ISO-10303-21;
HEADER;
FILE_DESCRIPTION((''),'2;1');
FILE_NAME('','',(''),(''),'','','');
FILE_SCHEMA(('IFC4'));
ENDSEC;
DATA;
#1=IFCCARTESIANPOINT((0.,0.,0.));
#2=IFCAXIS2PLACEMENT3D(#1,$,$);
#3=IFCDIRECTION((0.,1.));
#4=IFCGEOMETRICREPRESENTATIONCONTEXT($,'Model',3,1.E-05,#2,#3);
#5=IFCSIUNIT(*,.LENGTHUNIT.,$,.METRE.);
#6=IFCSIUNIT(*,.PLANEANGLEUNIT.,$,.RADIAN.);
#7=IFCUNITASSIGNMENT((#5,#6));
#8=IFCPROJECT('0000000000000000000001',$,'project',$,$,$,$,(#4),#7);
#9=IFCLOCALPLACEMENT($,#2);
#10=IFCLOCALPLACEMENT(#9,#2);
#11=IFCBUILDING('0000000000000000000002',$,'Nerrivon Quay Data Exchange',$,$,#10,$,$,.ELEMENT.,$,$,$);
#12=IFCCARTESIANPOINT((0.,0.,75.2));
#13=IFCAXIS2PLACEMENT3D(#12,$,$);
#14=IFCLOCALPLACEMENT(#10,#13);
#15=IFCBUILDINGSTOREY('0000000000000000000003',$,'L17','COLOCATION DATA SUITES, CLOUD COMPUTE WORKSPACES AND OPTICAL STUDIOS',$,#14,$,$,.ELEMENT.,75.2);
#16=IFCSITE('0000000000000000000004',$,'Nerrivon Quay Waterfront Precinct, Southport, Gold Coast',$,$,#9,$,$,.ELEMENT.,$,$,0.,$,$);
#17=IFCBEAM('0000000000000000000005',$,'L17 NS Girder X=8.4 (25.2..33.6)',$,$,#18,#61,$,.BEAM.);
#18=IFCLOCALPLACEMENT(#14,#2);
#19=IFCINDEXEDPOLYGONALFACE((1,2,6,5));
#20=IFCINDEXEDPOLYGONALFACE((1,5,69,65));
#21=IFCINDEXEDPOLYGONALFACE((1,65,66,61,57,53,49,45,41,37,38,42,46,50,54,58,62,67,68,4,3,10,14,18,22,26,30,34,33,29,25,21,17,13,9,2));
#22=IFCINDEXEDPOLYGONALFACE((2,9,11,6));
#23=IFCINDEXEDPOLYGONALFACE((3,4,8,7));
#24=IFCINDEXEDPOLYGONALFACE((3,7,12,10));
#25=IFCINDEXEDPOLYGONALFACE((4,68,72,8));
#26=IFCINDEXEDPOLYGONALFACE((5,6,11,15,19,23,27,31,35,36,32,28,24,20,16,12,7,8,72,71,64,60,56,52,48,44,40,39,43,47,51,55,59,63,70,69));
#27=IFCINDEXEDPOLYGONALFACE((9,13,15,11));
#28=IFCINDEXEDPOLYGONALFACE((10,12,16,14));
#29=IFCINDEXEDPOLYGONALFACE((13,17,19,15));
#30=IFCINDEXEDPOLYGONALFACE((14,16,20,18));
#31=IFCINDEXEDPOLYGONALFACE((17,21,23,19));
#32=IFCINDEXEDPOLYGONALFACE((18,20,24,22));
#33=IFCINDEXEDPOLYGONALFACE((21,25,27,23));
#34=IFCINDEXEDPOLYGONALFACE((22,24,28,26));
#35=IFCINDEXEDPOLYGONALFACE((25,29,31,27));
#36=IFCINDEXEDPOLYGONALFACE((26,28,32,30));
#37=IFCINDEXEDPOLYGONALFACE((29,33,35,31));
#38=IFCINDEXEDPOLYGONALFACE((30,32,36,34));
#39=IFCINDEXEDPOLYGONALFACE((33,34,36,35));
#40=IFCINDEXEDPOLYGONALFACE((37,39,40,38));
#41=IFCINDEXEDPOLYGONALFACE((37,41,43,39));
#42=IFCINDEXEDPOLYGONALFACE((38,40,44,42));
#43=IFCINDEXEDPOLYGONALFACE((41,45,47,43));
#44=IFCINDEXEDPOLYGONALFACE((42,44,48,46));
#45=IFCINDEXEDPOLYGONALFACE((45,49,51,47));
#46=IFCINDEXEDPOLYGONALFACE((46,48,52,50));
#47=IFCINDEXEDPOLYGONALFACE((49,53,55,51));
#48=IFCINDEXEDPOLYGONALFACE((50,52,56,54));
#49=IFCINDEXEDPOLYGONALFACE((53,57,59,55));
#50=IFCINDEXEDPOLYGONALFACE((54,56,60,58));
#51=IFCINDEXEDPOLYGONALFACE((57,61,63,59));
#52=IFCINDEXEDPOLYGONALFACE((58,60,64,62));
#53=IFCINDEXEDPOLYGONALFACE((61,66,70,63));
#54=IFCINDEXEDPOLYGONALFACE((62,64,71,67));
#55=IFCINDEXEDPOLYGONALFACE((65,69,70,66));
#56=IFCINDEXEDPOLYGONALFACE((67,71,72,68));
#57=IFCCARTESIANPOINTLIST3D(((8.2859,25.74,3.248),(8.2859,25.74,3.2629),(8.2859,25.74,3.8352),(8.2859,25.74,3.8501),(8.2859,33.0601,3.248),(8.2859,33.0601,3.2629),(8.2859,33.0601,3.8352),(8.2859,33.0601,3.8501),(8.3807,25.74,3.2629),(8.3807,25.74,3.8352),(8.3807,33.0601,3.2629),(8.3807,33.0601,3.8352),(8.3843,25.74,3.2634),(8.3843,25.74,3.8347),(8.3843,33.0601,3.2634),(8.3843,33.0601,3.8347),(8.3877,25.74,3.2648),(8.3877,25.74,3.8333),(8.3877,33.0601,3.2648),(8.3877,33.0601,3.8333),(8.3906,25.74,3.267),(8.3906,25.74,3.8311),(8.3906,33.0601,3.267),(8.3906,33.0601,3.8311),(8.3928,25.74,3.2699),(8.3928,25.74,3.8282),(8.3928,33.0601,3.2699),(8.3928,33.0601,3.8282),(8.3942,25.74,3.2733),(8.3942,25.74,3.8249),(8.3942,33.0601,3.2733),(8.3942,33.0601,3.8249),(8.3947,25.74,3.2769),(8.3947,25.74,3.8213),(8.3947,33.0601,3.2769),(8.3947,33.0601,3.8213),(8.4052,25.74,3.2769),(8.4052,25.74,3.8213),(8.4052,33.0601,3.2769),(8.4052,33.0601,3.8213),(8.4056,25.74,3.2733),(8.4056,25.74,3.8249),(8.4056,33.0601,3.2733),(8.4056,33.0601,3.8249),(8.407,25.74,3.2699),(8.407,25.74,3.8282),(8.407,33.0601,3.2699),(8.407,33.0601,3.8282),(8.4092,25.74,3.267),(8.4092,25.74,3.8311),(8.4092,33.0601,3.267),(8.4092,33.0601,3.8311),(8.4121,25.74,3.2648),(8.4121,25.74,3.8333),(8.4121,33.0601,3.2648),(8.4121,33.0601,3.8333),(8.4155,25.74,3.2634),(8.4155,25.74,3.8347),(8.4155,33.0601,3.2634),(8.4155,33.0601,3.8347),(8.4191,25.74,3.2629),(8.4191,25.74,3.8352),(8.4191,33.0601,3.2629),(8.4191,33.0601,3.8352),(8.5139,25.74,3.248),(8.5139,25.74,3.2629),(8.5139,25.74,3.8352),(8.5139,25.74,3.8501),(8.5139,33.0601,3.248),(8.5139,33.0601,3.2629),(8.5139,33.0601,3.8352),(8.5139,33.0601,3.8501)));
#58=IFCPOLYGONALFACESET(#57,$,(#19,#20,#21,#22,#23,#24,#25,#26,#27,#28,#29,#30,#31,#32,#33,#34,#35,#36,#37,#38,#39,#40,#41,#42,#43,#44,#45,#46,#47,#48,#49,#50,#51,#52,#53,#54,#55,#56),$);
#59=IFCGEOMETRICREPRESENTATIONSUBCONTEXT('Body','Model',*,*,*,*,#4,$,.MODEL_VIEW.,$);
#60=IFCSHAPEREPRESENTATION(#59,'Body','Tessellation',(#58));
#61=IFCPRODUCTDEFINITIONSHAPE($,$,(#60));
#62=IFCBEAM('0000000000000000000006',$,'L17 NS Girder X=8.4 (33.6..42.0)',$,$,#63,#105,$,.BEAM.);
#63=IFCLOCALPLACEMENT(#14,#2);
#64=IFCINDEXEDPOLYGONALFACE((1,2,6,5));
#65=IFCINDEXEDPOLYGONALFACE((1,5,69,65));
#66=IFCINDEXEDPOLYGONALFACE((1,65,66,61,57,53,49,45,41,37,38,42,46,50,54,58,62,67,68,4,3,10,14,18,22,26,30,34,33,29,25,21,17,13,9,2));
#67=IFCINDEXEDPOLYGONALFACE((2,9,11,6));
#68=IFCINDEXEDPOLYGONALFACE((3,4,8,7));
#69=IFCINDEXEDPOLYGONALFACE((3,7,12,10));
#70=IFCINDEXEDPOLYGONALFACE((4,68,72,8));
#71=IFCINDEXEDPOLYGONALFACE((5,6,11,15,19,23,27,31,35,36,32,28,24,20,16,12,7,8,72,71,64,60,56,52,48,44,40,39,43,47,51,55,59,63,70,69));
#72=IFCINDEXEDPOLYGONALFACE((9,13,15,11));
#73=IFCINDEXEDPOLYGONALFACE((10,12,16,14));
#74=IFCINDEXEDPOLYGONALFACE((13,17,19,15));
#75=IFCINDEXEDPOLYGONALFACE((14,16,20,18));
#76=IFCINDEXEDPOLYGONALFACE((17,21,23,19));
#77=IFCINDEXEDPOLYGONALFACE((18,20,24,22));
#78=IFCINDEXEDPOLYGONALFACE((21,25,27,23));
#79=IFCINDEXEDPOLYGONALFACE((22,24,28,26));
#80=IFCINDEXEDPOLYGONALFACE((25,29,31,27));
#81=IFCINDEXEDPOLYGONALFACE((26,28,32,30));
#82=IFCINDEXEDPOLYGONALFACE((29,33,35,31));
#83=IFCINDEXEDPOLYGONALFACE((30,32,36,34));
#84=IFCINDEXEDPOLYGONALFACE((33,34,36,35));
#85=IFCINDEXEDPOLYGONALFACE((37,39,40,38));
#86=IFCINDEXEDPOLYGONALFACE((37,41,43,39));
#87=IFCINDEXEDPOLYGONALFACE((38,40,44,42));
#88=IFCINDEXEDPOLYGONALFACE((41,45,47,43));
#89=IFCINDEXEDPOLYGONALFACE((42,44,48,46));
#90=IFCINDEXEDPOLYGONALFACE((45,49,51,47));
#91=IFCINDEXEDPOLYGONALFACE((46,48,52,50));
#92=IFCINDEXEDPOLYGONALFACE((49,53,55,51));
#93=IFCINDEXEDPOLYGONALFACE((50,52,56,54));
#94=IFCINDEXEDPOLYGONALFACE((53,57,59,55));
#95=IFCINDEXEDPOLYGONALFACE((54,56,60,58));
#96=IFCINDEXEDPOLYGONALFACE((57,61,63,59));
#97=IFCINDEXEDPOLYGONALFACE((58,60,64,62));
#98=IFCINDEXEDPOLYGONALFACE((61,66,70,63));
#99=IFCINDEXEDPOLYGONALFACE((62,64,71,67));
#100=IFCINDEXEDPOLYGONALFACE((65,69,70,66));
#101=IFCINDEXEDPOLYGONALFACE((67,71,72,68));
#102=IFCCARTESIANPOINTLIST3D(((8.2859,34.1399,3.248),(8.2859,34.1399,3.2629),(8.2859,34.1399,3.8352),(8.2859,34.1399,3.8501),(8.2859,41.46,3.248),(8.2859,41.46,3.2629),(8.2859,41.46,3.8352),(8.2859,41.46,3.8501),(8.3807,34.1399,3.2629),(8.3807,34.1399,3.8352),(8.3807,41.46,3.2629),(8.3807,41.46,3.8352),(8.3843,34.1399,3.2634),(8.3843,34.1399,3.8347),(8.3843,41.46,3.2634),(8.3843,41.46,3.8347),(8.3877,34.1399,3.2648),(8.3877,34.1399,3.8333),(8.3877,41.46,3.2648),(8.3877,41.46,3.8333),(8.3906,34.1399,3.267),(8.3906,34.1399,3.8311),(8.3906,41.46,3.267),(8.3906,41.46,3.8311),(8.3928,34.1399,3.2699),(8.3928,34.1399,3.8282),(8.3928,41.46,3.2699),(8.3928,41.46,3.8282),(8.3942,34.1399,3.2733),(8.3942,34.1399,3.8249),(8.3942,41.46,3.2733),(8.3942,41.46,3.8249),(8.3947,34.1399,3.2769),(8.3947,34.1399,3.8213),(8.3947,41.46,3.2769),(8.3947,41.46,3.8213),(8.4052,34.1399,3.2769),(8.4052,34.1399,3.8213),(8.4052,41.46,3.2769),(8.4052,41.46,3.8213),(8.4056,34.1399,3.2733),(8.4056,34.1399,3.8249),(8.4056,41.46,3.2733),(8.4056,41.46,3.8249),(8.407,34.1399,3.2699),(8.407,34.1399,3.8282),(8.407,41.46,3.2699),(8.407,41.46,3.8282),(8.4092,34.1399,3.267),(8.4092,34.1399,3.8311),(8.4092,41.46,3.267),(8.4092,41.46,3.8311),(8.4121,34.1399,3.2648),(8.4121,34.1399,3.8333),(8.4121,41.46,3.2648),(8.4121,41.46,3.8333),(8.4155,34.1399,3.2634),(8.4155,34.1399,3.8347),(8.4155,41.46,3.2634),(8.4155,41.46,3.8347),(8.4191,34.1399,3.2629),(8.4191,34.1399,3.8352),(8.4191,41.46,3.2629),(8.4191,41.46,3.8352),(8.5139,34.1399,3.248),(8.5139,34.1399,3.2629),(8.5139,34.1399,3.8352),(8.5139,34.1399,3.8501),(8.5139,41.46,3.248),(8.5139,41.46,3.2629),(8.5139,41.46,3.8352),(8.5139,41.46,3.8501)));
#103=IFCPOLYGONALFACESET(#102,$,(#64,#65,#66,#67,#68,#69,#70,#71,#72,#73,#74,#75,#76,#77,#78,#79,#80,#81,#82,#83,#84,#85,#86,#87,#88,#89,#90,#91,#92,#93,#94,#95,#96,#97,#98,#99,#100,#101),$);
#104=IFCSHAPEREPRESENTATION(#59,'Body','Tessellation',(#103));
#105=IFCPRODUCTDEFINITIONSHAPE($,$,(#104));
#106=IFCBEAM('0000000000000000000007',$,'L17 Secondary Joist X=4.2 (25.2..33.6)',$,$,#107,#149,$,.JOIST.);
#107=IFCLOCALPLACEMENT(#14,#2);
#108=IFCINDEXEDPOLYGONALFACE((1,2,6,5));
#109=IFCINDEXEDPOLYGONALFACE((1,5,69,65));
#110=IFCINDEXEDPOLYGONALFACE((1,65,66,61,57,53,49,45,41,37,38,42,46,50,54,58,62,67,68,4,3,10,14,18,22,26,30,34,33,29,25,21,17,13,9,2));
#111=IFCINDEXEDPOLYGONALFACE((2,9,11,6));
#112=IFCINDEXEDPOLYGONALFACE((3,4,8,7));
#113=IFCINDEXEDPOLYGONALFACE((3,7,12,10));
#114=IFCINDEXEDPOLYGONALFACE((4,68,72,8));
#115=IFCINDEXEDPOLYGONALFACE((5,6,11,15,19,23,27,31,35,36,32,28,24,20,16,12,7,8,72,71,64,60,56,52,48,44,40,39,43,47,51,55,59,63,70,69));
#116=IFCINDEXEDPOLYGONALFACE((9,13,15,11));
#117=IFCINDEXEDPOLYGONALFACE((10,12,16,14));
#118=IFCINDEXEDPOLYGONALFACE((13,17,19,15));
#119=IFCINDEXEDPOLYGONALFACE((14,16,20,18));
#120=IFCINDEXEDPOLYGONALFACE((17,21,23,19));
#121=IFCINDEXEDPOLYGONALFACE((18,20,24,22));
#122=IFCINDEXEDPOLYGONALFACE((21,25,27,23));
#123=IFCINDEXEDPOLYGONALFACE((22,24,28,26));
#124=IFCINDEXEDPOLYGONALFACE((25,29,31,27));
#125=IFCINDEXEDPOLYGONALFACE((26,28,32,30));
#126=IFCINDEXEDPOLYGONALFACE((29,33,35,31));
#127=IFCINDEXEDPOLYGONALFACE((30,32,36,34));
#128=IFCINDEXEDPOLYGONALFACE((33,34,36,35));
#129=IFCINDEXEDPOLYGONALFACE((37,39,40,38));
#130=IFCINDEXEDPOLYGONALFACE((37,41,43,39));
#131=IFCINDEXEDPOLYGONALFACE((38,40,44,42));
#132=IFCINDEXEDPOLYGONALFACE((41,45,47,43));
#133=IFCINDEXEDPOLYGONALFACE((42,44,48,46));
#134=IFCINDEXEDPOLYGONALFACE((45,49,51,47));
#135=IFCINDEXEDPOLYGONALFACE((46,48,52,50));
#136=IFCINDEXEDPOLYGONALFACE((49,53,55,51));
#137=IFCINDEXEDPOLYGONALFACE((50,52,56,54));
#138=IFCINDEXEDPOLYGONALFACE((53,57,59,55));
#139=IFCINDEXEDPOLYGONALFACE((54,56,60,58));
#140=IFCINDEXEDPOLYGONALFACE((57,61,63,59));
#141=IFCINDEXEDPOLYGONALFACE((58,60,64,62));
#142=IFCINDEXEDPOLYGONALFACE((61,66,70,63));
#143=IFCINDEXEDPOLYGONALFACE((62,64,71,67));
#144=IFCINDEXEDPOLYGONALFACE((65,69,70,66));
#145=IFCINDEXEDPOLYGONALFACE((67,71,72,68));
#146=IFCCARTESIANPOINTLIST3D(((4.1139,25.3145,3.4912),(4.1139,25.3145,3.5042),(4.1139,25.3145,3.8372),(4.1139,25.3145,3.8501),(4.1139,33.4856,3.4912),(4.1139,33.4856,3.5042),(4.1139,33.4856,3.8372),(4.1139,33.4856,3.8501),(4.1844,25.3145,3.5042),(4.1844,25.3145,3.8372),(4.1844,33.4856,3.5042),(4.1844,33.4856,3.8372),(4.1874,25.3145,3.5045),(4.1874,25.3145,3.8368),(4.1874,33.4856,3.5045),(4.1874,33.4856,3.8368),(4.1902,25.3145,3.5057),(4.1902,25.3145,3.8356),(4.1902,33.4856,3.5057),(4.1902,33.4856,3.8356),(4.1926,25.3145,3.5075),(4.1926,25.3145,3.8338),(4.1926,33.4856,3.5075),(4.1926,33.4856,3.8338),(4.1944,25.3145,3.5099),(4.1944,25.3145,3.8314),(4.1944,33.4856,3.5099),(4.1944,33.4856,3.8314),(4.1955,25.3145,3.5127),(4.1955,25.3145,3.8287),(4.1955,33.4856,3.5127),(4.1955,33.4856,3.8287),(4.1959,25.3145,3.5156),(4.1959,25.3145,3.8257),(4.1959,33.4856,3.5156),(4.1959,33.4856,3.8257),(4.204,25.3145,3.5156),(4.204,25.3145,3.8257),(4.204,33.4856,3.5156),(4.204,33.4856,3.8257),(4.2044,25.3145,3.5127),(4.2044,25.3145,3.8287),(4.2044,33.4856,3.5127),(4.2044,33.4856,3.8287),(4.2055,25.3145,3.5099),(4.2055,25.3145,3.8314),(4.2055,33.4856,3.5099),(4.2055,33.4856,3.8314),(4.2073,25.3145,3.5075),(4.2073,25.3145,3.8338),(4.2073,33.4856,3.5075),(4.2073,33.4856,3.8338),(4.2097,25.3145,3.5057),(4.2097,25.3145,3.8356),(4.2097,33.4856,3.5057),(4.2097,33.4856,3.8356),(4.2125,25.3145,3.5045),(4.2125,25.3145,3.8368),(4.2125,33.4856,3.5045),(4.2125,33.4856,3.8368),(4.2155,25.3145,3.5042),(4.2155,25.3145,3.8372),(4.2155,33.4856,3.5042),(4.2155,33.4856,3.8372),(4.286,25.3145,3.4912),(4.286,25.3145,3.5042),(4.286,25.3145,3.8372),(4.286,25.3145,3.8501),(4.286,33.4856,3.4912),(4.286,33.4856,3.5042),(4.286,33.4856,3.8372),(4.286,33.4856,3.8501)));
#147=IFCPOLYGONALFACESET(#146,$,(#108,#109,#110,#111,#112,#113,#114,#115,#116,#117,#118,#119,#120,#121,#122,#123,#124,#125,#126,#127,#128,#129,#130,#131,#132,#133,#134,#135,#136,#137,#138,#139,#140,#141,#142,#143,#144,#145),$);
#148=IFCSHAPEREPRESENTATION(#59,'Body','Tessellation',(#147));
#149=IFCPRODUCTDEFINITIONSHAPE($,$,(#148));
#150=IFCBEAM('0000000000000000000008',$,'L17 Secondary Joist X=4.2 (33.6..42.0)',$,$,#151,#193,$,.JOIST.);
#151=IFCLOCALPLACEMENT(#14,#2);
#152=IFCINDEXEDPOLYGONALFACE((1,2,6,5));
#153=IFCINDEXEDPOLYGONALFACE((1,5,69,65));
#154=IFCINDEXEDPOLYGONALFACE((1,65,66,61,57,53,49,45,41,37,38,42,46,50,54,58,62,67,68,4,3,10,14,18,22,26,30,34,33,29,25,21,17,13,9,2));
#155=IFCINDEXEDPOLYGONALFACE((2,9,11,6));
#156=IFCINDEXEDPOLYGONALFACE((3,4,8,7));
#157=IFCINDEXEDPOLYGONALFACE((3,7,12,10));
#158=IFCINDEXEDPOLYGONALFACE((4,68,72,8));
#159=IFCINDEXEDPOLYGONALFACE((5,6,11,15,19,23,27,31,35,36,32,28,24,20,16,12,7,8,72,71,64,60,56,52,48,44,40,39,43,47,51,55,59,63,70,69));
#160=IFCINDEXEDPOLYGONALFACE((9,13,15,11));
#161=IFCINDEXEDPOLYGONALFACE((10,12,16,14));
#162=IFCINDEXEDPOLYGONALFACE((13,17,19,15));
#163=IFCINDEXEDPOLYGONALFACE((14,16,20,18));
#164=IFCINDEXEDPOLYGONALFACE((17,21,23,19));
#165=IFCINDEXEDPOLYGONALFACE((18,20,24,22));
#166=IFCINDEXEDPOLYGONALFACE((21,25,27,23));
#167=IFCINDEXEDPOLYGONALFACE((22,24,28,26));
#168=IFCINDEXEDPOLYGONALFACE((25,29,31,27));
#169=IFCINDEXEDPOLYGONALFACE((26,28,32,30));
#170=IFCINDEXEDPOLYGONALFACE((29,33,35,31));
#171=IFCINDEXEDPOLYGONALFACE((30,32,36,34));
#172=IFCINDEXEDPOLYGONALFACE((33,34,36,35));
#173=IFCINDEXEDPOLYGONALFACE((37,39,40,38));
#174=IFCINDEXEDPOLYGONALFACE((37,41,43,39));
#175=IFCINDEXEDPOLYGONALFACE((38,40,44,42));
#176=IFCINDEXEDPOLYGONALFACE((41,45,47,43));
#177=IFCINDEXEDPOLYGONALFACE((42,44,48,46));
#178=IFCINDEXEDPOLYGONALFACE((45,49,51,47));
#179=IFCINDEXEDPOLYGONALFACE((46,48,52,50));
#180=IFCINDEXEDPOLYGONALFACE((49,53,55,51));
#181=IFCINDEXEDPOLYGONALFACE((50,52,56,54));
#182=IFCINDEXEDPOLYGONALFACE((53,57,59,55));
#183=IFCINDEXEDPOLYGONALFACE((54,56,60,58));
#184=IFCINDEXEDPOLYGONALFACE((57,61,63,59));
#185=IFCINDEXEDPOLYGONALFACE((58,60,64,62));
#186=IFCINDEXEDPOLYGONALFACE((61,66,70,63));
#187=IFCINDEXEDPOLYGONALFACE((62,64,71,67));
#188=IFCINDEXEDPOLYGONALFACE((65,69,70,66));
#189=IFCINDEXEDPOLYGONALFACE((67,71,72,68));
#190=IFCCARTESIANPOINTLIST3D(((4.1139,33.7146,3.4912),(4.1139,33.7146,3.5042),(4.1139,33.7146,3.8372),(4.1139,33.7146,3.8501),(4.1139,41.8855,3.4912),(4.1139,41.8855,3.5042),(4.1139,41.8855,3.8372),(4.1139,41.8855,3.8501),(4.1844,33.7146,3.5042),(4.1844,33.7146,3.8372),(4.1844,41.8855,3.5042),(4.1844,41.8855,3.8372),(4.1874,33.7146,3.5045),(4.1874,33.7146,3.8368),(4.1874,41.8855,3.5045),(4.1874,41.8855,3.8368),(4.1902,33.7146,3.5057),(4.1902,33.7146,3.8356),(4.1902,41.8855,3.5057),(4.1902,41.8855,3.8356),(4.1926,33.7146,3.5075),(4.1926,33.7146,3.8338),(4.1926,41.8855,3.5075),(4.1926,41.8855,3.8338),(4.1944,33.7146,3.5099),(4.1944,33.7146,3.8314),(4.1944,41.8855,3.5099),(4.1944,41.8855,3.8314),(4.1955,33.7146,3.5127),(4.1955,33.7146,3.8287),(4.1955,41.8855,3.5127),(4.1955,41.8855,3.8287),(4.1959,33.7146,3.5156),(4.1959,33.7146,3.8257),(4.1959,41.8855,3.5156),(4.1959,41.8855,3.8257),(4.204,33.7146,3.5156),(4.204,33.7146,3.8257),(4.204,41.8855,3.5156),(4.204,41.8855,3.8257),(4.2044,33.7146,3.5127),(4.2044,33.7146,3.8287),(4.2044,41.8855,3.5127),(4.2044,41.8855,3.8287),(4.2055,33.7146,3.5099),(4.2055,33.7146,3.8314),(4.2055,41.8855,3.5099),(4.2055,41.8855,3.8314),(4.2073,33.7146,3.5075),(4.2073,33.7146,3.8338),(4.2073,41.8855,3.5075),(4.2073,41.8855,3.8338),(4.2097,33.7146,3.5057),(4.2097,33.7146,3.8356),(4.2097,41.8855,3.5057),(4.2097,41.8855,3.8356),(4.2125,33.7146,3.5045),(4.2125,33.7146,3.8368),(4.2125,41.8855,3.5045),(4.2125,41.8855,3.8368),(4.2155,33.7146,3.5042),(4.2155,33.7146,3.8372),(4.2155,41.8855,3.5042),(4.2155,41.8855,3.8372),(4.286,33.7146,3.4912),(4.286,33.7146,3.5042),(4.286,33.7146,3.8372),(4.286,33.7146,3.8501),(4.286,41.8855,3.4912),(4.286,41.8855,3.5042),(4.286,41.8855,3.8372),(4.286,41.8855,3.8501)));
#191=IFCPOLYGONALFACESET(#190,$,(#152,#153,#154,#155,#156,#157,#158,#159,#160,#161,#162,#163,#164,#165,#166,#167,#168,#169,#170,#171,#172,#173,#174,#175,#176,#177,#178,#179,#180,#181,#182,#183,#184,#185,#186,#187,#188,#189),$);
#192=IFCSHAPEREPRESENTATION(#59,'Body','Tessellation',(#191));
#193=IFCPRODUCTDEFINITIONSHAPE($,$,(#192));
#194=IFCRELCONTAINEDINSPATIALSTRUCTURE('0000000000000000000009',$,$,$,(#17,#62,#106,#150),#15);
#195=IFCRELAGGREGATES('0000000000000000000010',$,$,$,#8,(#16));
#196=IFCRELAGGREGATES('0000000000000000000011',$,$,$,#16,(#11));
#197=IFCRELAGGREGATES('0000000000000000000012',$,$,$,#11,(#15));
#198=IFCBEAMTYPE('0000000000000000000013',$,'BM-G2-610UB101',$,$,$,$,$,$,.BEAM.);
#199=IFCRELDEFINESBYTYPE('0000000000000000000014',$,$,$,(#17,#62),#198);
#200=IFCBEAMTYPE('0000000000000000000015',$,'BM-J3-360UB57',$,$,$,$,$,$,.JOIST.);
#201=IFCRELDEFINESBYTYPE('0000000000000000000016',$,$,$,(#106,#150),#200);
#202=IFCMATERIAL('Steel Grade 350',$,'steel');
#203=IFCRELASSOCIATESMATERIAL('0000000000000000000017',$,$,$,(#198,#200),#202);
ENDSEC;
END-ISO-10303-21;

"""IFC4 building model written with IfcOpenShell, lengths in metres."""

from ifc_helpers import new_model, si_unit, direction, frame, origin, origin_2d, place, context, subcontext, project, spatial, i_section, extrude, material, material_profile, profile_set, type_object, element, save


model = new_model("IFC4")

# Units and contexts
model_context = context("Model", 3, precision=1e-05, world=origin(), true_north=direction((0.0, 1.0)))
body_context = subcontext(model_context, "Body", "Model", "MODEL_VIEW")
ifc_project = project(units=[si_unit("LENGTHUNIT", "METRE"), si_unit("PLANEANGLEUNIT", "RADIAN")], contexts=[model_context])

# Site, building, storey
site_placement = place(None, origin())
site = spatial("IfcSite", under=ifc_project, at=site_placement, Name="Nerrivon Quay Waterfront Precinct, Southport, Gold Coast", CompositionType="ELEMENT", RefElevation=0.0)
building_placement = place(site_placement, origin())
building = spatial("IfcBuilding", under=site, at=building_placement, Name="Nerrivon Quay Data Exchange", CompositionType="ELEMENT")
storey_placement = place(building_placement, frame((0.0, 0.0, 75.2)))
storey = spatial("IfcBuildingStorey", under=building, at=storey_placement, Name="L17", Description="COLOCATION DATA SUITES, CLOUD COMPUTE WORKSPACES AND OPTICAL STUDIOS", CompositionType="ELEMENT", Elevation=75.2)

# Shared definitions
ifc_material_1 = material(Name="Steel Grade 350", Category="steel")

# Beams
ifc_material_profile_1 = material_profile(ifc_material_1, i_section(OverallWidth=0.228, OverallDepth=0.6021, WebThickness=0.0105, FlangeThickness=0.0149, FilletRadius=0.0139, at=origin_2d()), Name="610UB101")
ifc_profile_set_1 = profile_set([ifc_material_profile_1], Name="Steel Grade 350")
beam_type_1 = type_object("IfcBeamType", Name="BM-G2-610UB101", PredefinedType="BEAM", material=ifc_profile_set_1)
for number, where, z_axis, x_axis, name in (
    (1, (8.3999, 25.74, 3.5491), (0.0, 1.0, 0.0), (-1.0, 0.0, 0.0), "L17 NS Girder X=8.4 (25.2..33.6)"),
    (2, (8.3999, 34.1399, 3.5491), (0.0, 1.0, 0.0), (-1.0, 0.0, 0.0), "L17 NS Girder X=8.4 (33.6..42.0)"),
):
    element("IfcBeam", number, at=place(storey_placement, frame(where, z_axis=z_axis, x_axis=x_axis)), inside=storey, type_object=beam_type_1, Name=name, PredefinedType="BEAM", context=body_context, shape_type="SweptSolid", body=[
        extrude(i_section(OverallWidth=0.228, OverallDepth=0.6021, WebThickness=0.0105, FlangeThickness=0.0149, FilletRadius=0.0139, at=origin_2d()), origin(), (0.0, 0.0, 1.0), 7.3201),
    ])
ifc_material_profile_2 = material_profile(ifc_material_1, i_section(OverallWidth=0.1721, OverallDepth=0.3589, WebThickness=0.0081, FlangeThickness=0.0129, FilletRadius=0.0115, at=origin_2d()), Name="360UB56.7")
ifc_profile_set_2 = profile_set([ifc_material_profile_2], Name="Steel Grade 350")
beam_type_2 = type_object("IfcBeamType", Name="BM-J3-360UB57", PredefinedType="JOIST", material=ifc_profile_set_2)
beam_1_placement = place(storey_placement, frame((4.2, 25.3145, 3.6707), z_axis=(0.0, 1.0, 0.0), x_axis=(-1.0, 0.0, 0.0)))
element("IfcBeam", 3, at=beam_1_placement, inside=storey, type_object=beam_type_2, Name="L17 Secondary Joist X=4.2 (25.2..33.6)", PredefinedType="JOIST", context=body_context, shape_type="SweptSolid", body=[
    extrude(i_section(OverallWidth=0.1721, OverallDepth=0.3589, WebThickness=0.0081, FlangeThickness=0.0129, FilletRadius=0.0115, at=origin_2d()), origin(), (0.0, 0.0, 1.0), 8.1711),
])
beam_2_placement = place(storey_placement, frame((4.2, 33.7146, 3.6707), z_axis=(0.0, 1.0, 0.0), x_axis=(-1.0, 0.0, 0.0)))
element("IfcBeam", 4, at=beam_2_placement, inside=storey, type_object=beam_type_2, Name="L17 Secondary Joist X=4.2 (33.6..42.0)", PredefinedType="JOIST", context=body_context, shape_type="SweptSolid", body=[
    extrude(i_section(OverallWidth=0.1721, OverallDepth=0.3589, WebThickness=0.0081, FlangeThickness=0.0129, FilletRadius=0.0115, at=origin_2d()), origin(), (0.0, 0.0, 1.0), 8.1709),
])

save(model, "model.ifc")
